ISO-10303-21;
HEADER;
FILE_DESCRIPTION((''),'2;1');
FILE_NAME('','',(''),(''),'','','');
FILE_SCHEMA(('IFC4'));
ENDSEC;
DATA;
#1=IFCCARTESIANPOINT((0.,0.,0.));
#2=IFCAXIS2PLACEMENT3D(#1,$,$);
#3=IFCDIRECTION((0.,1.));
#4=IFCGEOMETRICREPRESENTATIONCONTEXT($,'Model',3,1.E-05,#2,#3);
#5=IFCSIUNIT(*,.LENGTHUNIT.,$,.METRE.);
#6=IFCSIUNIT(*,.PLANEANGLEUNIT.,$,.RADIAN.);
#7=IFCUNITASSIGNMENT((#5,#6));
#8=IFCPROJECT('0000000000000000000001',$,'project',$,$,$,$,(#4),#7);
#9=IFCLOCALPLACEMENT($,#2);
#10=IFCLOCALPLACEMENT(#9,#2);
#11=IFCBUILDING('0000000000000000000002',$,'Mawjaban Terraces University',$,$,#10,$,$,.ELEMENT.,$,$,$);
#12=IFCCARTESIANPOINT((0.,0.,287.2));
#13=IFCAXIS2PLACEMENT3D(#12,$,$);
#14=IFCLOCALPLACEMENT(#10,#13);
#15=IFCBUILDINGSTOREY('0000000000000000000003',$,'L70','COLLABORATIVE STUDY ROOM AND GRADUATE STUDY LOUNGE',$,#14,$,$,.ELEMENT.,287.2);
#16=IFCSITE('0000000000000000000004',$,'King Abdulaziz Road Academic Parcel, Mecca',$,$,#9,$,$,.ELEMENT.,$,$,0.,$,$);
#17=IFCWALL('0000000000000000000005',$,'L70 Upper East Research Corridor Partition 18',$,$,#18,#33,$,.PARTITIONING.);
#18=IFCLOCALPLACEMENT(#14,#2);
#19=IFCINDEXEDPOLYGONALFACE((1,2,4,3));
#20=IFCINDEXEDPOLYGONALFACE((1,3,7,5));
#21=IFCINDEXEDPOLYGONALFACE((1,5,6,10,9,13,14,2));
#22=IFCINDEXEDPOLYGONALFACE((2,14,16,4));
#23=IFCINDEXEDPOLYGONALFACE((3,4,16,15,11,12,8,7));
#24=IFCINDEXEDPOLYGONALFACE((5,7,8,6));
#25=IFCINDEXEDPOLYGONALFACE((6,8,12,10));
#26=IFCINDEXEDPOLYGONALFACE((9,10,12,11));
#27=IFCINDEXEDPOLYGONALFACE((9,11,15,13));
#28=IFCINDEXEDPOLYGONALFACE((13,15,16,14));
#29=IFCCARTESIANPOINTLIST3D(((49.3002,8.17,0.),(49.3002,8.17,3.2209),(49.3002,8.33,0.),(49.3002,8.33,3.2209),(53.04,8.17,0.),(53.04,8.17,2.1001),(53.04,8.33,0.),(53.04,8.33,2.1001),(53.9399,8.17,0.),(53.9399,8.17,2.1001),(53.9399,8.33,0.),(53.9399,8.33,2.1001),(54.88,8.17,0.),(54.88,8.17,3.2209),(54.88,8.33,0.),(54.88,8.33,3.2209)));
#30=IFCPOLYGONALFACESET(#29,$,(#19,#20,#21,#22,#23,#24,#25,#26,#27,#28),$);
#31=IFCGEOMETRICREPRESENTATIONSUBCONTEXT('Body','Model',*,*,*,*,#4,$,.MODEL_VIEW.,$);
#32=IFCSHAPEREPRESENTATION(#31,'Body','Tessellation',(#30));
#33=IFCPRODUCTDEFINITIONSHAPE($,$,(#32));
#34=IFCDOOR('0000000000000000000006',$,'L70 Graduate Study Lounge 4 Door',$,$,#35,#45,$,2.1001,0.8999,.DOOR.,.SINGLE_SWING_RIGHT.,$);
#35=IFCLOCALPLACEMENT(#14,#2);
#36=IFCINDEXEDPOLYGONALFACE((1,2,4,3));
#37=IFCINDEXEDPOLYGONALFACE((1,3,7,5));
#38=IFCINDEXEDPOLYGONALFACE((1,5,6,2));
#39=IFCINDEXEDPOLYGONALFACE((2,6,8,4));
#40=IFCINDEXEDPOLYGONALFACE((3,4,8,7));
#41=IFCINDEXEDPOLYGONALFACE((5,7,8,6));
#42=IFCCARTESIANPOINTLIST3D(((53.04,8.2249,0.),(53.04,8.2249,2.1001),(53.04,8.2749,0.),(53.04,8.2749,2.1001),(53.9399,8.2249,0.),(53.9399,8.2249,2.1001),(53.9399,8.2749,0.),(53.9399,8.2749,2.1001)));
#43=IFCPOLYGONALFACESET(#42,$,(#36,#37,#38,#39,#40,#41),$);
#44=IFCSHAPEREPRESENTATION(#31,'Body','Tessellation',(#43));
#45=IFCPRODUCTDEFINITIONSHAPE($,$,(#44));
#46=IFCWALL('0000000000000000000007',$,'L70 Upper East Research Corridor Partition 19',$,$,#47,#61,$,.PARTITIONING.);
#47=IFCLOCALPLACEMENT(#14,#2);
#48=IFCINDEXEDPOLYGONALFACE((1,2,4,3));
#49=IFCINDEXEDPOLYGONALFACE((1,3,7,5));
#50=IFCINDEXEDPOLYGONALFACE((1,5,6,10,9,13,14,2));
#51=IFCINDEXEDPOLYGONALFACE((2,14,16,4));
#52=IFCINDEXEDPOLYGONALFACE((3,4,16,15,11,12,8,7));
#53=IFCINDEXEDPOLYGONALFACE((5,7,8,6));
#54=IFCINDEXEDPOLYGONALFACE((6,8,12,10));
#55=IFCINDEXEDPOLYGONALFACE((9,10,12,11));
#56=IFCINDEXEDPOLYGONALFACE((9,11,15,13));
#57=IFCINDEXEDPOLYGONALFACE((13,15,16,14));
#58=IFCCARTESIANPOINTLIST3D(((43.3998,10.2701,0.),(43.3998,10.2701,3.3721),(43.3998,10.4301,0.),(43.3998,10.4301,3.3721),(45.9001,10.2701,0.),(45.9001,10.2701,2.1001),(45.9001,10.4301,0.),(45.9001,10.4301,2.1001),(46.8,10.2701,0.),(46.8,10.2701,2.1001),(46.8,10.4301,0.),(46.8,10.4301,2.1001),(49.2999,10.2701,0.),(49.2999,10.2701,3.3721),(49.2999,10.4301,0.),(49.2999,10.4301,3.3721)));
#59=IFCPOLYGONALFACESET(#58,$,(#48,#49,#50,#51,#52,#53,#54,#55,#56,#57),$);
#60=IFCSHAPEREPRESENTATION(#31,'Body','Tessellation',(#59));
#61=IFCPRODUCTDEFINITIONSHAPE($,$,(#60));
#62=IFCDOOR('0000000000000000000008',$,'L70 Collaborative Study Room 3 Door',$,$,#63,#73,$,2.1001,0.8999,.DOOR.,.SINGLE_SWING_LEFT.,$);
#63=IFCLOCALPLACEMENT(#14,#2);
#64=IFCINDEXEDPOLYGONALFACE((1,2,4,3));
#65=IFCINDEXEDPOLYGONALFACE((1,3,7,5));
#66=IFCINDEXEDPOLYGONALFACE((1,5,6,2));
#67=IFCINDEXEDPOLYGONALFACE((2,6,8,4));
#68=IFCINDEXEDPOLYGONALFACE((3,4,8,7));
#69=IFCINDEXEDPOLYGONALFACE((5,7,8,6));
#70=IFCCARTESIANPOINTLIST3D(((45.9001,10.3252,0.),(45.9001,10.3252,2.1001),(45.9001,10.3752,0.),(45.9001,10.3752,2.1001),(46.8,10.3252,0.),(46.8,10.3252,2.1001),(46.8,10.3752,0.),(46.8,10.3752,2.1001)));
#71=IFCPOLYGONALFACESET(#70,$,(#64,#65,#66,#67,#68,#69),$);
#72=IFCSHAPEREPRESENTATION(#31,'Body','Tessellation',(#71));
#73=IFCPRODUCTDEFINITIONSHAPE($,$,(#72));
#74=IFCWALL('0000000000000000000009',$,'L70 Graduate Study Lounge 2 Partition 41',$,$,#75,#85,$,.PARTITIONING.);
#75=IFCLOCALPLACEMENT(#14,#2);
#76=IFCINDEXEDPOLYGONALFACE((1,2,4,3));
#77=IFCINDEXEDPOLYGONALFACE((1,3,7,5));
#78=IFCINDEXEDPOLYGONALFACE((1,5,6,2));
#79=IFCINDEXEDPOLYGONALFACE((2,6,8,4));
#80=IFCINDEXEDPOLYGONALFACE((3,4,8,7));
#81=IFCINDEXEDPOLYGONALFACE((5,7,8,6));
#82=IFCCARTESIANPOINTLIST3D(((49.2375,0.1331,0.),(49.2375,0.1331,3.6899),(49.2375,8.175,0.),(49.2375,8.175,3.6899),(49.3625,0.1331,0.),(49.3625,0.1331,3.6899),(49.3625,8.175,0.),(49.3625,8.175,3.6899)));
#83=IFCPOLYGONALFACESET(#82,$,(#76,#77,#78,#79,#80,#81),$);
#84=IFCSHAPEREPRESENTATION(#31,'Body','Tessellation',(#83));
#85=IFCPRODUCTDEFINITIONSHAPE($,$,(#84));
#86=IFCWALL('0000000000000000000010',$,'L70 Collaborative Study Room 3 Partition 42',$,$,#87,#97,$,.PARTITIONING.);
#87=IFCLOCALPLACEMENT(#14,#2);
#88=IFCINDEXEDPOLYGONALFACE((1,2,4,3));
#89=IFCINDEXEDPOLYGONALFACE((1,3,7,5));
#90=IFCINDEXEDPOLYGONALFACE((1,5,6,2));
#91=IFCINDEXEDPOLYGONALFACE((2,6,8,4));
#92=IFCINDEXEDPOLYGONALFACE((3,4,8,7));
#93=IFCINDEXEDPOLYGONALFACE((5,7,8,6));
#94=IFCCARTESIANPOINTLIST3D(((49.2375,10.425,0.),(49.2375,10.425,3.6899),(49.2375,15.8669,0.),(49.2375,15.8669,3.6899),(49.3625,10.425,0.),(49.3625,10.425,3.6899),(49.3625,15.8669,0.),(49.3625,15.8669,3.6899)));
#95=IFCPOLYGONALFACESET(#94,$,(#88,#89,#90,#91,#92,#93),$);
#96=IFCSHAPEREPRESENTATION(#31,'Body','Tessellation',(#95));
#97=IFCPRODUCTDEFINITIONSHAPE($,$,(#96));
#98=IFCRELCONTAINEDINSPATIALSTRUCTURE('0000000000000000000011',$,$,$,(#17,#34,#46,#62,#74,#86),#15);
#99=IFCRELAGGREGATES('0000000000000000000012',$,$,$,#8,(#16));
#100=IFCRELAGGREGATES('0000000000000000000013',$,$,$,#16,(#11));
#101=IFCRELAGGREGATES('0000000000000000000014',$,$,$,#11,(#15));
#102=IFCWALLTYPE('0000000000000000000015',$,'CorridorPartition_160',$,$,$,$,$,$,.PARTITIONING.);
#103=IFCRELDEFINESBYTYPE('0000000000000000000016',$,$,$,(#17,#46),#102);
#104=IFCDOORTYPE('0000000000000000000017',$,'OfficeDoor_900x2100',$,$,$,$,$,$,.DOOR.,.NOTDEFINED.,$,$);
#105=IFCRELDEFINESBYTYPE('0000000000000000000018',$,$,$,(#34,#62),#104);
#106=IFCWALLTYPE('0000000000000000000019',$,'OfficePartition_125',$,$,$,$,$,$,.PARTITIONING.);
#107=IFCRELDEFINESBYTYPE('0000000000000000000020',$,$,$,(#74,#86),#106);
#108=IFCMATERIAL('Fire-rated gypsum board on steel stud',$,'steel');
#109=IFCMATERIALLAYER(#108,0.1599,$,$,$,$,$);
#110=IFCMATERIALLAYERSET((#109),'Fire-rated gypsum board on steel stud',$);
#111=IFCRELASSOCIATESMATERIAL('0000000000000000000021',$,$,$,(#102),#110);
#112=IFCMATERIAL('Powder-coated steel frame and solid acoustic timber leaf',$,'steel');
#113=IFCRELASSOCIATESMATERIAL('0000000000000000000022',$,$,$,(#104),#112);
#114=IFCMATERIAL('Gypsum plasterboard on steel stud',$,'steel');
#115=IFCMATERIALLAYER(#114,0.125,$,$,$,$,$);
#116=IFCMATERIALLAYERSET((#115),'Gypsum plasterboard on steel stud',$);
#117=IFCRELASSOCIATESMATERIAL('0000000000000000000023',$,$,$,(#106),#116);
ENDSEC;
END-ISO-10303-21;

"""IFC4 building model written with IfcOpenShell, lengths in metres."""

from ifc_helpers import new_model, si_unit, direction, frame, frame_2d, origin, place, context, subcontext, project, spatial, rectangle, extrude, material, layer, layer_set, type_object, element, fill, save


model = new_model("IFC4")

# Units and contexts
model_context = context("Model", 3, precision=1e-05, world=origin(), true_north=direction((0.0, 1.0)))
body_context = subcontext(model_context, "Body", "Model", "MODEL_VIEW")
ifc_project = project(units=[si_unit("LENGTHUNIT", "METRE"), si_unit("PLANEANGLEUNIT", "RADIAN")], contexts=[model_context])

# Site, building, storey
site_placement = place(None, origin())
site = spatial("IfcSite", under=ifc_project, at=site_placement, Name="King Abdulaziz Road Academic Parcel, Mecca", CompositionType="ELEMENT", RefElevation=0.0)
building_placement = place(site_placement, origin())
building = spatial("IfcBuilding", under=site, at=building_placement, Name="Mawjaban Terraces University", CompositionType="ELEMENT")
storey_placement = place(building_placement, frame((0.0, 0.0, 287.2)))
storey = spatial("IfcBuildingStorey", under=building, at=storey_placement, Name="L70", Description="COLLABORATIVE STUDY ROOM AND GRADUATE STUDY LOUNGE", CompositionType="ELEMENT", Elevation=287.2)

# Walls, openings, doors
ifc_material_1 = material(Name="Fire-rated gypsum board on steel stud", Category="steel")
ifc_layer_1 = layer(ifc_material_1, 0.1599)
ifc_layer_set_1 = layer_set([ifc_layer_1], Name="Fire-rated gypsum board on steel stud")
wall_type_1 = type_object("IfcWallType", Name="CorridorPartition_160", PredefinedType="PARTITIONING", material=ifc_layer_set_1)
wall_1_placement = place(storey_placement, frame((49.3, 8.25, 0.0), z_axis=(0.0, 0.0, 1.0), x_axis=(1.0, 0.0, 0.0)))
wall_1 = element("IfcWall", 1, at=wall_1_placement, inside=storey, type_object=wall_type_1, Name="L70 Upper East Research Corridor Partition 18", PredefinedType="PARTITIONING", context=body_context, shape_type="SweptSolid", body=[
    extrude(rectangle(XDim=5.5798, YDim=0.1599, at=frame_2d((2.79, 0.0))), origin(), (0.0, 0.0, 1.0), 3.2209),
])
opening_1_placement = place(wall_1_placement, frame((3.74, 0.0, 0.0)))
opening_1 = element("IfcOpeningElement", 2, at=opening_1_placement, cuts=wall_1, PredefinedType="OPENING", context=body_context, shape_type="SweptSolid", body=[
    extrude(rectangle(XDim=0.8999, YDim=2.1001, at=frame_2d((0.45, 1.05))), frame((0.0, 0.0898, 0.0), z_axis=(0.0, -1.0, 0.0), x_axis=(1.0, 0.0, 0.0)), (0.0, 0.0, 1.0), 0.1799),
])
ifc_material_2 = material(Name="Powder-coated steel frame and solid acoustic timber leaf", Category="steel")
door_type = type_object("IfcDoorType", Name="OfficeDoor_900x2100", OperationType="NOTDEFINED", PredefinedType="DOOR", material=ifc_material_2)
door_1_placement = place(opening_1_placement, origin())
door_1 = element("IfcDoor", 3, at=door_1_placement, inside=storey, type_object=door_type, Name="L70 Graduate Study Lounge 4 Door", OperationType="SINGLE_SWING_RIGHT", OverallHeight=2.1001, OverallWidth=0.8999, PredefinedType="DOOR", context=body_context, shape_type="SweptSolid", body=[
    extrude(rectangle(XDim=0.8999, YDim=2.1001, at=frame_2d((0.45, 1.05))), frame((0.0, 0.0249, 0.0), z_axis=(0.0, -1.0, 0.0), x_axis=(1.0, 0.0, 0.0)), (0.0, 0.0, 1.0), 0.05),
])
fill(opening_1, door_1)
wall_2_placement = place(storey_placement, frame((49.3, 10.3501, 0.0), z_axis=(0.0, 0.0, 1.0), x_axis=(-1.0, 0.0, 0.0)))
wall_2 = element("IfcWall", 4, at=wall_2_placement, inside=storey, type_object=wall_type_1, Name="L70 Upper East Research Corridor Partition 19", PredefinedType="PARTITIONING", context=body_context, shape_type="SweptSolid", body=[
    extrude(rectangle(XDim=5.9001, YDim=0.1599, at=frame_2d((2.9502, 0.0))), origin(), (0.0, 0.0, 1.0), 3.3721),
])
opening_2_placement = place(wall_2_placement, frame((2.5, 0.0, 0.0)))
opening_2 = element("IfcOpeningElement", 5, at=opening_2_placement, cuts=wall_2, PredefinedType="OPENING", context=body_context, shape_type="SweptSolid", body=[
    extrude(rectangle(XDim=0.8999, YDim=2.1001, at=frame_2d((0.45, 1.05))), frame((0.0, 0.0898, 0.0), z_axis=(0.0, -1.0, 0.0), x_axis=(1.0, 0.0, 0.0)), (0.0, 0.0, 1.0), 0.1799),
])
door_2_placement = place(opening_2_placement, origin())
door_2 = element("IfcDoor", 6, at=door_2_placement, inside=storey, type_object=door_type, Name="L70 Collaborative Study Room 3 Door", OperationType="SINGLE_SWING_LEFT", OverallHeight=2.1001, OverallWidth=0.8999, PredefinedType="DOOR", context=body_context, shape_type="SweptSolid", body=[
    extrude(rectangle(XDim=0.8999, YDim=2.1001, at=frame_2d((0.45, 1.05))), frame((0.0, 0.0249, 0.0), z_axis=(0.0, -1.0, 0.0), x_axis=(1.0, 0.0, 0.0)), (0.0, 0.0, 1.0), 0.05),
])
fill(opening_2, door_2)

# Walls
ifc_material_3 = material(Name="Gypsum plasterboard on steel stud", Category="steel")
ifc_layer_2 = layer(ifc_material_3, 0.125)
ifc_layer_set_2 = layer_set([ifc_layer_2], Name="Gypsum plasterboard on steel stud")
wall_type_2 = type_object("IfcWallType", Name="OfficePartition_125", PredefinedType="PARTITIONING", material=ifc_layer_set_2)
wall_3_placement = place(storey_placement, frame((49.3, 0.1331, 0.0), z_axis=(0.0, 0.0, 1.0), x_axis=(0.0, 1.0, 0.0)))
element("IfcWall", 7, at=wall_3_placement, inside=storey, type_object=wall_type_2, Name="L70 Graduate Study Lounge 2 Partition 41", PredefinedType="PARTITIONING", context=body_context, shape_type="SweptSolid", body=[
    extrude(rectangle(XDim=8.042, YDim=0.125, at=frame_2d((4.021, 0.0))), origin(), (0.0, 0.0, 1.0), 3.6899),
])
wall_4_placement = place(storey_placement, frame((49.3, 10.425, 0.0), z_axis=(0.0, 0.0, 1.0), x_axis=(0.0, 1.0, 0.0)))
element("IfcWall", 8, at=wall_4_placement, inside=storey, type_object=wall_type_2, Name="L70 Collaborative Study Room 3 Partition 42", PredefinedType="PARTITIONING", context=body_context, shape_type="SweptSolid", body=[
    extrude(rectangle(XDim=5.4419, YDim=0.125, at=frame_2d((2.7209, 0.0))), origin(), (0.0, 0.0, 1.0), 3.6899),
])

save(model, "model.ifc")
